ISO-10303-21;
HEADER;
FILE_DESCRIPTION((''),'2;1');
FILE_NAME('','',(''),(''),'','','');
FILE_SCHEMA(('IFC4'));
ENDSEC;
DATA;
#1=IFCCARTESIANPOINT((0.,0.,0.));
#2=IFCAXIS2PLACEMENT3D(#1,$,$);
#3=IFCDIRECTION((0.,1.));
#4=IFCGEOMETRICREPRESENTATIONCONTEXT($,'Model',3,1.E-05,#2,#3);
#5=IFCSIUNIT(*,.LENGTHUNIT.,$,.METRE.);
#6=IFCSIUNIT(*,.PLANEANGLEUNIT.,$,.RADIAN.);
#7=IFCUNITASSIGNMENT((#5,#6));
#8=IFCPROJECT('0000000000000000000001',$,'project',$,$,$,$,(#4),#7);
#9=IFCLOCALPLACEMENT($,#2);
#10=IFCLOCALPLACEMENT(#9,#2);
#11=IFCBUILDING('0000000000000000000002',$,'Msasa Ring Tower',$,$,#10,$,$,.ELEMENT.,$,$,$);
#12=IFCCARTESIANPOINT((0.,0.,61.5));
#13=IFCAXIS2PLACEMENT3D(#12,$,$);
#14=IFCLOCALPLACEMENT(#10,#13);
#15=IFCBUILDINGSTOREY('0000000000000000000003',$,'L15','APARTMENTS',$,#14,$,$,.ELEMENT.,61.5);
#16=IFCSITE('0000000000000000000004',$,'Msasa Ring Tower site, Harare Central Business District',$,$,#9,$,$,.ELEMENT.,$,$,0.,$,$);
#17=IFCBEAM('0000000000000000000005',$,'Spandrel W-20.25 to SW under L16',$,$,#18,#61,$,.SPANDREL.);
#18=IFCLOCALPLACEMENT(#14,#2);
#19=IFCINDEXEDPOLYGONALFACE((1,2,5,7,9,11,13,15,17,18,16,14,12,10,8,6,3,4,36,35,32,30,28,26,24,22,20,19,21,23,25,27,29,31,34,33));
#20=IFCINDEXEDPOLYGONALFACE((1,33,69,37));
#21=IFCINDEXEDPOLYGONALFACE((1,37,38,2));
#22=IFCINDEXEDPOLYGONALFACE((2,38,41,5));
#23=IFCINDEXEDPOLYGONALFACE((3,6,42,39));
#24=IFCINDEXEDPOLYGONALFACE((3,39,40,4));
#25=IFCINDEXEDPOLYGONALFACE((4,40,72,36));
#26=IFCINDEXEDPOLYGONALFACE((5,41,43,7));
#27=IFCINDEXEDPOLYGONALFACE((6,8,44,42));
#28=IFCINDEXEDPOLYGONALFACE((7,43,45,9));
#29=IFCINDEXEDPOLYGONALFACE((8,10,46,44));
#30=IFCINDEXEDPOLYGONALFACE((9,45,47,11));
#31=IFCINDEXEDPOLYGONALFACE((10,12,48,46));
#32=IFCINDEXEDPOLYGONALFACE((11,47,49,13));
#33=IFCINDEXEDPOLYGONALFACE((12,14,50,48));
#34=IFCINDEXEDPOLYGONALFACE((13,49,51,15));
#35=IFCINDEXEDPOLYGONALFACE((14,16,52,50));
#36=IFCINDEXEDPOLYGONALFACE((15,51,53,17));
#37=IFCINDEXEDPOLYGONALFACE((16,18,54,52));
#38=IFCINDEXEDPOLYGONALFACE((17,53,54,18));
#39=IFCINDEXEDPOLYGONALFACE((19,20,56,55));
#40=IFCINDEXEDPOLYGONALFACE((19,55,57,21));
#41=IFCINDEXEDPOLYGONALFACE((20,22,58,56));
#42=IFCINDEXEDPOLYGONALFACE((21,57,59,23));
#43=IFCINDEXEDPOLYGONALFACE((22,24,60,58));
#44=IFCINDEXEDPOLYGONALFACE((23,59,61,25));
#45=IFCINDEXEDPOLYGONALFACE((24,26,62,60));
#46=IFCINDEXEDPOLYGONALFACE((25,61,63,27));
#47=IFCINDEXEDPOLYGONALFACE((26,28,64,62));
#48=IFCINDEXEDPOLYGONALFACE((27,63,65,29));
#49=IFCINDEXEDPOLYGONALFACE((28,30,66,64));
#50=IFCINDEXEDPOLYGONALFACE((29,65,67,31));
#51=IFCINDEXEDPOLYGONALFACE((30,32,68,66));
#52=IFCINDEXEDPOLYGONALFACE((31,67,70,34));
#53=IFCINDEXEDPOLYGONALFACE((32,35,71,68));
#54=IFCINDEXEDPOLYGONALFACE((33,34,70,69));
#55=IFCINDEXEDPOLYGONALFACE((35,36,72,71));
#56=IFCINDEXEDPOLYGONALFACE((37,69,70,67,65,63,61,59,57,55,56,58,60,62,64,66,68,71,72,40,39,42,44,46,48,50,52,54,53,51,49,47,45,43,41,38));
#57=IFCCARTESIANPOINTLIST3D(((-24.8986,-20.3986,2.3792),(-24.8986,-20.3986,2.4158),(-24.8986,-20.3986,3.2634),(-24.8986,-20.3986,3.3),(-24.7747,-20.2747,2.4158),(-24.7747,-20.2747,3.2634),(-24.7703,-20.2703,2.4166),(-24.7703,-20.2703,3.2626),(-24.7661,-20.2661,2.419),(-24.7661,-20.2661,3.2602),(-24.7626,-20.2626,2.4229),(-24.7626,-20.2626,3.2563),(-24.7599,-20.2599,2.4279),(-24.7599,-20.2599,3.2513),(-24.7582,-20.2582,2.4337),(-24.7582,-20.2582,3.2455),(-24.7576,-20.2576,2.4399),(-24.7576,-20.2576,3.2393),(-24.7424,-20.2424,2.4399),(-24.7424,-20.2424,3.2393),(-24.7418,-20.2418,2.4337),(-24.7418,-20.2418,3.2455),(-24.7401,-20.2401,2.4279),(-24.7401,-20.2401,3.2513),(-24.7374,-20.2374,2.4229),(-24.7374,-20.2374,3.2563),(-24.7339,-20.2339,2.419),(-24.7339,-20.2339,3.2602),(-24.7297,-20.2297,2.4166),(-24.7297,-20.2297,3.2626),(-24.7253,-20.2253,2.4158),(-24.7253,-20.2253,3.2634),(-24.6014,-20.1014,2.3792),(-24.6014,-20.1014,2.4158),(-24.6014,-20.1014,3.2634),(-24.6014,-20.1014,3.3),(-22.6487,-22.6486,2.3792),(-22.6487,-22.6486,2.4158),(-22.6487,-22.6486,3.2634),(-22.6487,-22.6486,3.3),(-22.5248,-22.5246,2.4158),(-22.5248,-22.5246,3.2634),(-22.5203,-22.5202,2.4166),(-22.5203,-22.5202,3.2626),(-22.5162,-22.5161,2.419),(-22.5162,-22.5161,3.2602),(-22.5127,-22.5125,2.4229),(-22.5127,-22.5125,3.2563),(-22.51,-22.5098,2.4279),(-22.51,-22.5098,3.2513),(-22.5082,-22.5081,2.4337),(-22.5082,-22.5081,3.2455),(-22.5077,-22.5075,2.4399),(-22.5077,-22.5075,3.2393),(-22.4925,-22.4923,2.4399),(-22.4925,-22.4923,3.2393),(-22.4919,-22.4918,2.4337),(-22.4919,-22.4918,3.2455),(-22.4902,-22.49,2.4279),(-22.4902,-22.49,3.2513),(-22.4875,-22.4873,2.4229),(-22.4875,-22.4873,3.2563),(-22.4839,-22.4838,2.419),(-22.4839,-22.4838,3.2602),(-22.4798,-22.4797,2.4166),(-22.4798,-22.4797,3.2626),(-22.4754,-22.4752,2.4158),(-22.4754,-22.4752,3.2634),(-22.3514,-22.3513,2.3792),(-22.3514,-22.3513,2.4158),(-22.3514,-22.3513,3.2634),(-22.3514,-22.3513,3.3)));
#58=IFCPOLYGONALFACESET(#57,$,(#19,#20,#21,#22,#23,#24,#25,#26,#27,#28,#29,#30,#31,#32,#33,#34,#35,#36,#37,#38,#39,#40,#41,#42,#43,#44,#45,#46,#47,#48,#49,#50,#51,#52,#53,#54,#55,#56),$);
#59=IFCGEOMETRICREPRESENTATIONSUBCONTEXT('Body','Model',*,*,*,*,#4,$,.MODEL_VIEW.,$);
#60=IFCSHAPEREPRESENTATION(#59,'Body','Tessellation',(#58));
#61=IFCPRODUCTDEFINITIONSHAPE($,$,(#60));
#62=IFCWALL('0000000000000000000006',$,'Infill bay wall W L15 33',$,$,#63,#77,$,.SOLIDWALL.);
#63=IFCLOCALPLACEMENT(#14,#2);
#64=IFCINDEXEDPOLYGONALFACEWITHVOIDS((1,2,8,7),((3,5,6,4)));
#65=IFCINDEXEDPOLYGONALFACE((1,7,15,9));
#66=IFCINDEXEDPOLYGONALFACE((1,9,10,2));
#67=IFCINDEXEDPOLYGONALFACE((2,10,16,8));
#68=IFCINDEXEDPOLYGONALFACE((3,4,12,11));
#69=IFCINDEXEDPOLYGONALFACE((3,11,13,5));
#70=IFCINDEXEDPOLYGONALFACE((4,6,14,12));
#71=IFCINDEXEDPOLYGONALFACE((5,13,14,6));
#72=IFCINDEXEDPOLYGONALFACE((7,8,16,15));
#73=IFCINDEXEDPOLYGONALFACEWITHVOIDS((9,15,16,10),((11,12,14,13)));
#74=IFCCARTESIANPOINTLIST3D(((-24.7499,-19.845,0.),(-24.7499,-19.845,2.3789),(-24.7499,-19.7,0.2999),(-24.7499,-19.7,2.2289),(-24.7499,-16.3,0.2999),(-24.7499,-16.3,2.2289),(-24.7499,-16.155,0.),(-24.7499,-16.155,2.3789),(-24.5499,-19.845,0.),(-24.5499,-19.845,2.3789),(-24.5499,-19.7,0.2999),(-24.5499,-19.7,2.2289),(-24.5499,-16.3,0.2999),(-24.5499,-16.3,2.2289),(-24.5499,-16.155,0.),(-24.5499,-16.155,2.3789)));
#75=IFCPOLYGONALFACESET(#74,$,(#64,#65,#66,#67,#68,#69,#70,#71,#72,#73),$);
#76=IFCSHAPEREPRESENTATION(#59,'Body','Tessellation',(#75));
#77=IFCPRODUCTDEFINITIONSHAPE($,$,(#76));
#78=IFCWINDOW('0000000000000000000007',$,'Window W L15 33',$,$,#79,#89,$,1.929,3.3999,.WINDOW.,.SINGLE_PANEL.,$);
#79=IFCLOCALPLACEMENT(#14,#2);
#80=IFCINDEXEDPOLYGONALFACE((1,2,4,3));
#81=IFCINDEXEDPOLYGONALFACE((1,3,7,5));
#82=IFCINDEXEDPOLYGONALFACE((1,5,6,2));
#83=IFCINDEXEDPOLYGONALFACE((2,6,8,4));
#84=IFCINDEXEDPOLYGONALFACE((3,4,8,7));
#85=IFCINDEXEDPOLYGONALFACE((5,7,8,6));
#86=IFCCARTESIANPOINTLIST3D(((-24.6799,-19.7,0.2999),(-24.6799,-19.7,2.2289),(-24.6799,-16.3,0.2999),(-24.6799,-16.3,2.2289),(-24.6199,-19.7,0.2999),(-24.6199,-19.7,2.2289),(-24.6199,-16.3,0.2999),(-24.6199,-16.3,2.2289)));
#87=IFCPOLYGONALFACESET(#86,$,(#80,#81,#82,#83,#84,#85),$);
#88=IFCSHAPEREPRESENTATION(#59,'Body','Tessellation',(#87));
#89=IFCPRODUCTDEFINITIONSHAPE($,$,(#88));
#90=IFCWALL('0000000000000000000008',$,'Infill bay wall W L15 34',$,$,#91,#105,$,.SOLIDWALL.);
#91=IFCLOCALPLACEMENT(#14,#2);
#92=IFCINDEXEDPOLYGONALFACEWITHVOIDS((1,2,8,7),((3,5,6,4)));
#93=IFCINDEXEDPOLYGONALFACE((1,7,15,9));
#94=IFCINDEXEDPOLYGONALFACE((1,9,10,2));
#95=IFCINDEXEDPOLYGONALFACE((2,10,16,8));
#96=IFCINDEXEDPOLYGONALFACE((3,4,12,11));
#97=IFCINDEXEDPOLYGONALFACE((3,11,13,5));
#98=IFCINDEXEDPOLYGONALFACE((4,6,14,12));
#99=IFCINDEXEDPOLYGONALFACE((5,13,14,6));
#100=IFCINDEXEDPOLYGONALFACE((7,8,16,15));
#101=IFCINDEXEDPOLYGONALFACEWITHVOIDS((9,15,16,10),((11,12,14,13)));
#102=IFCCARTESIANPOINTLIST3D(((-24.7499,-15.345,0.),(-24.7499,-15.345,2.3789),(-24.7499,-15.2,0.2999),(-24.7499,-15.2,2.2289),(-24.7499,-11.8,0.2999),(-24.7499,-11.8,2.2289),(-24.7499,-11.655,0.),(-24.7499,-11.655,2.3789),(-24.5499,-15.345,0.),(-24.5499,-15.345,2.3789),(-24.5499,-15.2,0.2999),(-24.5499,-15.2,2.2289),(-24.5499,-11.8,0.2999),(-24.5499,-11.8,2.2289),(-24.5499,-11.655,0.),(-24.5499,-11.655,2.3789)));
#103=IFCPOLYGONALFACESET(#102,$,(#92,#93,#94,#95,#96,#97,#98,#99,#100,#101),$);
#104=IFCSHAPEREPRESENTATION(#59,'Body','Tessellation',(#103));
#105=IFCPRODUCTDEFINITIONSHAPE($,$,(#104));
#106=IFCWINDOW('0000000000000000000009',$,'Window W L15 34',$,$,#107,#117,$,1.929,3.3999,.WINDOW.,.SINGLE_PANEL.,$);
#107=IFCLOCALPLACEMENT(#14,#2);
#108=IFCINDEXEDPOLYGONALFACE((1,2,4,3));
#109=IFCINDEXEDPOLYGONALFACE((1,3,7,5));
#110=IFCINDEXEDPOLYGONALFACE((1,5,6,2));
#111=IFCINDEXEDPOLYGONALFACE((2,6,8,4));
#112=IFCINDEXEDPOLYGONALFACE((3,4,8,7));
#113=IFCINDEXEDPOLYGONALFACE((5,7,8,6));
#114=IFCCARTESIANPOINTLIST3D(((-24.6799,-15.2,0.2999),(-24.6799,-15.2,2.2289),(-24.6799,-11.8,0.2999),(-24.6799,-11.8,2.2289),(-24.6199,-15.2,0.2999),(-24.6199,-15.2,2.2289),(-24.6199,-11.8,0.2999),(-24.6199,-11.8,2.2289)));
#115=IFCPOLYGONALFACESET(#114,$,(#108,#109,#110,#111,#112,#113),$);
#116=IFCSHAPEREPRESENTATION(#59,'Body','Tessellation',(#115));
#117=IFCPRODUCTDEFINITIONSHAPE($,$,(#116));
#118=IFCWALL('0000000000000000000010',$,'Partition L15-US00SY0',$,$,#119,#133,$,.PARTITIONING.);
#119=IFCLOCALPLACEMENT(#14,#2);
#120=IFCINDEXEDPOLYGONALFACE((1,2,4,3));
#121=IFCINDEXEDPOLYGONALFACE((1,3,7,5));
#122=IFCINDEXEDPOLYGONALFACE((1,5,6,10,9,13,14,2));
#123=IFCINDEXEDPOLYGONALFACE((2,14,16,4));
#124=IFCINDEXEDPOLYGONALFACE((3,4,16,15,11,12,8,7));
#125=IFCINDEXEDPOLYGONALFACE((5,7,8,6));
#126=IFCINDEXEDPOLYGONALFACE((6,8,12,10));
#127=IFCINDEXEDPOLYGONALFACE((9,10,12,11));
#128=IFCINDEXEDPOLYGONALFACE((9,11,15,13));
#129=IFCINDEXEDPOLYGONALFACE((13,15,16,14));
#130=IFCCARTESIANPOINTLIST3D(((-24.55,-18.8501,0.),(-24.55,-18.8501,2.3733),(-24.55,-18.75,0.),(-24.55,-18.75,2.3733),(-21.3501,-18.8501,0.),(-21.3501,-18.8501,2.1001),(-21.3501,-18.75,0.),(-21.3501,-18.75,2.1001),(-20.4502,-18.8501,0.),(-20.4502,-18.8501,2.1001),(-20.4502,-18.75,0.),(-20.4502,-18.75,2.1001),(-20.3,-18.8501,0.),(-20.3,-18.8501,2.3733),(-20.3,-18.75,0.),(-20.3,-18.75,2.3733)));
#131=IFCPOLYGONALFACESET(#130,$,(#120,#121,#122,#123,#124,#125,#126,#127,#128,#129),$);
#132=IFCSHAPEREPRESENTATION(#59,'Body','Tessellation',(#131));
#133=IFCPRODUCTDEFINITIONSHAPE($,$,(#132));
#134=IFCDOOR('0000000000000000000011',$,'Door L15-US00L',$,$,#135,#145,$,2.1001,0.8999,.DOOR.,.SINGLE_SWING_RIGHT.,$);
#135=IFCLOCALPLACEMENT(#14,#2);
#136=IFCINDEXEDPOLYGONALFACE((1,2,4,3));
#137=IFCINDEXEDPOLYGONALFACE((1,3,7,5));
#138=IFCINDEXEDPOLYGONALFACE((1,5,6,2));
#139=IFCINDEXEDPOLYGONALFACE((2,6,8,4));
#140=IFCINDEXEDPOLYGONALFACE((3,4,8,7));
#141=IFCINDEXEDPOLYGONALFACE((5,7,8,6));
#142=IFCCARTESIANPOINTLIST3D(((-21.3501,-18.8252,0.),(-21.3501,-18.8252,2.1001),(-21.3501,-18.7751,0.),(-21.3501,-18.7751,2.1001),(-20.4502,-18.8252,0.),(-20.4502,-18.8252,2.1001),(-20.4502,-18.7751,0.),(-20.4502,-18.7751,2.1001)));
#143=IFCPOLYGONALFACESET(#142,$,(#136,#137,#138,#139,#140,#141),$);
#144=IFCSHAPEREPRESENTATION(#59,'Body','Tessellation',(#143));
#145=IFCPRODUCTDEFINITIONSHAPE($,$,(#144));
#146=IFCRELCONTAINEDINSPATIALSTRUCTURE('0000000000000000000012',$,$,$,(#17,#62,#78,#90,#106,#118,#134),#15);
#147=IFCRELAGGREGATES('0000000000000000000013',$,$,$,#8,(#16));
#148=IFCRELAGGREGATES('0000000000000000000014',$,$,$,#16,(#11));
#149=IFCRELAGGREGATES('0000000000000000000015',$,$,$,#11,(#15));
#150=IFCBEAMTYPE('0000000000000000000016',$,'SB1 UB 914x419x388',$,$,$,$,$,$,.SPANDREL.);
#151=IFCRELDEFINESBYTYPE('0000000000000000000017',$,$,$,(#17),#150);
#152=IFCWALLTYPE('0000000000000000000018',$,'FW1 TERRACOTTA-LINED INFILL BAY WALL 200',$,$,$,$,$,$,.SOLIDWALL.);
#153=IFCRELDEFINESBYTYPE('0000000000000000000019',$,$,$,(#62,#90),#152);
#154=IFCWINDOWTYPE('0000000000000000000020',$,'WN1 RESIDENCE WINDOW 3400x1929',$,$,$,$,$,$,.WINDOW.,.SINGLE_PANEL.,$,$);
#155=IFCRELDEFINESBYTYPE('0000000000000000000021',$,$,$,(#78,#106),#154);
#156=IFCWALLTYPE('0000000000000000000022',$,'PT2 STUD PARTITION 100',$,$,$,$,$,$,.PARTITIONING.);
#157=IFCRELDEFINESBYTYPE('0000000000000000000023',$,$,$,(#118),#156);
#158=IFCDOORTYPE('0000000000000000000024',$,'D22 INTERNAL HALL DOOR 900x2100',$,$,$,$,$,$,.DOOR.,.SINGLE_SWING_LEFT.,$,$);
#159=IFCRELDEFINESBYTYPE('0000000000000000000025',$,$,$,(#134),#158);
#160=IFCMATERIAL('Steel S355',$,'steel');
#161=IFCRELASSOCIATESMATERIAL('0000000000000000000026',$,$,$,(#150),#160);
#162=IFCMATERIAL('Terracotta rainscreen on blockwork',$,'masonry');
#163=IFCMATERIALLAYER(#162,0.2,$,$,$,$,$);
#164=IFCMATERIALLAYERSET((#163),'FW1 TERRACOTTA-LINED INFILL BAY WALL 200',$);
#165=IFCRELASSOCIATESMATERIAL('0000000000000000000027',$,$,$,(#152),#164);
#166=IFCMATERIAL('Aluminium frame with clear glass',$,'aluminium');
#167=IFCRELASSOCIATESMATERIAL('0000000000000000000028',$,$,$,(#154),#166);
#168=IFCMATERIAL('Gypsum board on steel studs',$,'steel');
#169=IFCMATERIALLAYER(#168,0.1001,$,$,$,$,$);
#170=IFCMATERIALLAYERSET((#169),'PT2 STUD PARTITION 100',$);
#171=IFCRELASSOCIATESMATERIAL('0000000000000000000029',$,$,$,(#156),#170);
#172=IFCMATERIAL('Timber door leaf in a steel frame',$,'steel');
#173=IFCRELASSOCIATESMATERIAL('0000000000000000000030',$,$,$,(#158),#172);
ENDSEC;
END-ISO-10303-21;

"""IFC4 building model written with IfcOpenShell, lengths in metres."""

from ifc_helpers import new_model, si_unit, direction, frame, frame_2d, origin, origin_2d, place, context, subcontext, project, spatial, rectangle, i_section, extrude, material, layer, layer_set, material_profile, profile_set, type_object, element, fill, save


model = new_model("IFC4")

# Units and contexts
model_context = context("Model", 3, precision=1e-05, world=origin(), true_north=direction((0.0, 1.0)))
body_context = subcontext(model_context, "Body", "Model", "MODEL_VIEW")
ifc_project = project(units=[si_unit("LENGTHUNIT", "METRE"), si_unit("PLANEANGLEUNIT", "RADIAN")], contexts=[model_context])

# Site, building, storey
site_placement = place(None, origin())
site = spatial("IfcSite", under=ifc_project, at=site_placement, Name="Msasa Ring Tower site, Harare Central Business District", CompositionType="ELEMENT", RefElevation=0.0)
building_placement = place(site_placement, origin())
building = spatial("IfcBuilding", under=site, at=building_placement, Name="Msasa Ring Tower", CompositionType="ELEMENT")
storey_placement = place(building_placement, frame((0.0, 0.0, 61.5)))
storey = spatial("IfcBuildingStorey", under=building, at=storey_placement, Name="L15", Description="APARTMENTS", CompositionType="ELEMENT", Elevation=61.5)

# Beam
ifc_material_1 = material(Name="Steel S355", Category="steel")
ifc_material_profile_1 = material_profile(ifc_material_1, i_section(OverallWidth=0.4204, OverallDepth=0.9209, WebThickness=0.0215, FlangeThickness=0.0366, FilletRadius=0.0242, at=origin_2d()), Name="UB 914x419x388")
ifc_profile_set_1 = profile_set([ifc_material_profile_1], Name="Steel S355")
beam_type = type_object("IfcBeamType", Name="SB1 UB 914x419x388", PredefinedType="SPANDREL", material=ifc_profile_set_1)
beam_placement = place(storey_placement, frame((-24.75, -20.25, 2.8396), z_axis=(0.707107, -0.707107, 0.0), x_axis=(0.707107, 0.707107, 0.0)))
element("IfcBeam", 1, at=beam_placement, inside=storey, type_object=beam_type, Name="Spandrel W-20.25 to SW under L16", PredefinedType="SPANDREL", context=body_context, shape_type="SweptSolid", body=[
    extrude(i_section(OverallWidth=0.4204, OverallDepth=0.9209, WebThickness=0.0215, FlangeThickness=0.0366, FilletRadius=0.0242, at=origin_2d()), origin(), (0.0, 0.0, 1.0), 3.1819),
])

# Walls, openings, windows
ifc_material_2 = material(Name="Terracotta rainscreen on blockwork", Category="masonry")
ifc_layer_1 = layer(ifc_material_2, 0.2)
ifc_layer_set_1 = layer_set([ifc_layer_1], Name="FW1 TERRACOTTA-LINED INFILL BAY WALL 200")
wall_type_1 = type_object("IfcWallType", Name="FW1 TERRACOTTA-LINED INFILL BAY WALL 200", PredefinedType="SOLIDWALL", material=ifc_layer_set_1)
wall_1_placement = place(storey_placement, frame((-24.6499, -19.845, 0.0), z_axis=(0.0, 0.0, 1.0), x_axis=(0.0, 1.0, 0.0)))
wall_1 = element("IfcWall", 2, at=wall_1_placement, inside=storey, type_object=wall_type_1, Name="Infill bay wall W L15 33", PredefinedType="SOLIDWALL", context=body_context, shape_type="SweptSolid", body=[
    extrude(rectangle(XDim=3.6899, YDim=0.2, at=frame_2d((1.845, 0.0))), origin(), (0.0, 0.0, 1.0), 2.3789),
])
opening_1_placement = place(wall_1_placement, frame((0.145, 0.0, 0.3)))
opening_1 = element("IfcOpeningElement", 3, at=opening_1_placement, cuts=wall_1, PredefinedType="OPENING", context=body_context, shape_type="SweptSolid", body=[
    extrude(rectangle(XDim=3.3999, YDim=1.929, at=frame_2d((1.7, 0.9644))), frame((0.0, 0.1099, 0.0), z_axis=(0.0, -1.0, 0.0), x_axis=(1.0, 0.0, 0.0)), (0.0, 0.0, 1.0), 0.22),
])
ifc_material_3 = material(Name="Aluminium frame with clear glass", Category="aluminium")
window_type = type_object("IfcWindowType", Name="WN1 RESIDENCE WINDOW 3400x1929", PartitioningType="SINGLE_PANEL", PredefinedType="WINDOW", material=ifc_material_3)
window_1_placement = place(opening_1_placement, origin())
window_1 = element("IfcWindow", 4, at=window_1_placement, inside=storey, type_object=window_type, Name="Window W L15 33", OverallHeight=1.929, OverallWidth=3.3999, PartitioningType="SINGLE_PANEL", PredefinedType="WINDOW", context=body_context, shape_type="SweptSolid", body=[
    extrude(rectangle(XDim=3.3999, YDim=1.929, at=frame_2d((1.7, 0.9644))), frame((0.0, 0.03, 0.0), z_axis=(0.0, -1.0, 0.0), x_axis=(1.0, 0.0, 0.0)), (0.0, 0.0, 1.0), 0.0601),
])
fill(opening_1, window_1)
wall_2_placement = place(storey_placement, frame((-24.6499, -15.345, 0.0), z_axis=(0.0, 0.0, 1.0), x_axis=(0.0, 1.0, 0.0)))
wall_2 = element("IfcWall", 5, at=wall_2_placement, inside=storey, type_object=wall_type_1, Name="Infill bay wall W L15 34", PredefinedType="SOLIDWALL", context=body_context, shape_type="SweptSolid", body=[
    extrude(rectangle(XDim=3.6899, YDim=0.2, at=frame_2d((1.845, 0.0))), origin(), (0.0, 0.0, 1.0), 2.3789),
])
opening_2_placement = place(wall_2_placement, frame((0.145, 0.0, 0.3)))
opening_2 = element("IfcOpeningElement", 6, at=opening_2_placement, cuts=wall_2, PredefinedType="OPENING", context=body_context, shape_type="SweptSolid", body=[
    extrude(rectangle(XDim=3.3999, YDim=1.929, at=frame_2d((1.7, 0.9644))), frame((0.0, 0.1099, 0.0), z_axis=(0.0, -1.0, 0.0), x_axis=(1.0, 0.0, 0.0)), (0.0, 0.0, 1.0), 0.22),
])
window_2_placement = place(opening_2_placement, origin())
window_2 = element("IfcWindow", 7, at=window_2_placement, inside=storey, type_object=window_type, Name="Window W L15 34", OverallHeight=1.929, OverallWidth=3.3999, PartitioningType="SINGLE_PANEL", PredefinedType="WINDOW", context=body_context, shape_type="SweptSolid", body=[
    extrude(rectangle(XDim=3.3999, YDim=1.929, at=frame_2d((1.7, 0.9644))), frame((0.0, 0.03, 0.0), z_axis=(0.0, -1.0, 0.0), x_axis=(1.0, 0.0, 0.0)), (0.0, 0.0, 1.0), 0.0601),
])
fill(opening_2, window_2)

# Wall, opening, door
ifc_material_4 = material(Name="Gypsum board on steel studs", Category="steel")
ifc_layer_2 = layer(ifc_material_4, 0.1001)
ifc_layer_set_2 = layer_set([ifc_layer_2], Name="PT2 STUD PARTITION 100")
wall_type_2 = type_object("IfcWallType", Name="PT2 STUD PARTITION 100", PredefinedType="PARTITIONING", material=ifc_layer_set_2)
wall_3_placement = place(storey_placement, frame((-24.55, -18.8, 0.0), z_axis=(0.0, 0.0, 1.0), x_axis=(1.0, 0.0, 0.0)))
wall_3 = element("IfcWall", 8, at=wall_3_placement, inside=storey, type_object=wall_type_2, Name="Partition L15-US00SY0", PredefinedType="PARTITIONING", context=body_context, shape_type="SweptSolid", body=[
    extrude(rectangle(XDim=4.25, YDim=0.1001, at=frame_2d((2.125, 0.0))), origin(), (0.0, 0.0, 1.0), 2.3733),
])
opening_3_placement = place(wall_3_placement, frame((3.2, 0.0, 0.0)))
opening_3 = element("IfcOpeningElement", 9, at=opening_3_placement, cuts=wall_3, PredefinedType="OPENING", context=body_context, shape_type="SweptSolid", body=[
    extrude(rectangle(XDim=0.8999, YDim=2.1001, at=frame_2d((0.45, 1.05))), frame((0.0, 0.0601, 0.0), z_axis=(0.0, -1.0, 0.0), x_axis=(1.0, 0.0, 0.0)), (0.0, 0.0, 1.0), 0.1201),
])
ifc_material_5 = material(Name="Timber door leaf in a steel frame", Category="steel")
door_type_1 = type_object("IfcDoorType", Name="D22 INTERNAL HALL DOOR 900x2100", OperationType="SINGLE_SWING_LEFT", PredefinedType="DOOR", material=ifc_material_5)
door_1_placement = place(opening_3_placement, origin())
door_1 = element("IfcDoor", 10, at=door_1_placement, inside=storey, type_object=door_type_1, Name="Door L15-US00L", OperationType="SINGLE_SWING_RIGHT", OverallHeight=2.1001, OverallWidth=0.8999, PredefinedType="DOOR", context=body_context, shape_type="SweptSolid", body=[
    extrude(rectangle(XDim=0.8999, YDim=2.1001, at=frame_2d((0.45, 1.05))), frame((0.0, 0.0249, 0.0), z_axis=(0.0, -1.0, 0.0), x_axis=(1.0, 0.0, 0.0)), (0.0, 0.0, 1.0), 0.05),
])
fill(opening_3, door_1)

save(model, "model.ifc")
